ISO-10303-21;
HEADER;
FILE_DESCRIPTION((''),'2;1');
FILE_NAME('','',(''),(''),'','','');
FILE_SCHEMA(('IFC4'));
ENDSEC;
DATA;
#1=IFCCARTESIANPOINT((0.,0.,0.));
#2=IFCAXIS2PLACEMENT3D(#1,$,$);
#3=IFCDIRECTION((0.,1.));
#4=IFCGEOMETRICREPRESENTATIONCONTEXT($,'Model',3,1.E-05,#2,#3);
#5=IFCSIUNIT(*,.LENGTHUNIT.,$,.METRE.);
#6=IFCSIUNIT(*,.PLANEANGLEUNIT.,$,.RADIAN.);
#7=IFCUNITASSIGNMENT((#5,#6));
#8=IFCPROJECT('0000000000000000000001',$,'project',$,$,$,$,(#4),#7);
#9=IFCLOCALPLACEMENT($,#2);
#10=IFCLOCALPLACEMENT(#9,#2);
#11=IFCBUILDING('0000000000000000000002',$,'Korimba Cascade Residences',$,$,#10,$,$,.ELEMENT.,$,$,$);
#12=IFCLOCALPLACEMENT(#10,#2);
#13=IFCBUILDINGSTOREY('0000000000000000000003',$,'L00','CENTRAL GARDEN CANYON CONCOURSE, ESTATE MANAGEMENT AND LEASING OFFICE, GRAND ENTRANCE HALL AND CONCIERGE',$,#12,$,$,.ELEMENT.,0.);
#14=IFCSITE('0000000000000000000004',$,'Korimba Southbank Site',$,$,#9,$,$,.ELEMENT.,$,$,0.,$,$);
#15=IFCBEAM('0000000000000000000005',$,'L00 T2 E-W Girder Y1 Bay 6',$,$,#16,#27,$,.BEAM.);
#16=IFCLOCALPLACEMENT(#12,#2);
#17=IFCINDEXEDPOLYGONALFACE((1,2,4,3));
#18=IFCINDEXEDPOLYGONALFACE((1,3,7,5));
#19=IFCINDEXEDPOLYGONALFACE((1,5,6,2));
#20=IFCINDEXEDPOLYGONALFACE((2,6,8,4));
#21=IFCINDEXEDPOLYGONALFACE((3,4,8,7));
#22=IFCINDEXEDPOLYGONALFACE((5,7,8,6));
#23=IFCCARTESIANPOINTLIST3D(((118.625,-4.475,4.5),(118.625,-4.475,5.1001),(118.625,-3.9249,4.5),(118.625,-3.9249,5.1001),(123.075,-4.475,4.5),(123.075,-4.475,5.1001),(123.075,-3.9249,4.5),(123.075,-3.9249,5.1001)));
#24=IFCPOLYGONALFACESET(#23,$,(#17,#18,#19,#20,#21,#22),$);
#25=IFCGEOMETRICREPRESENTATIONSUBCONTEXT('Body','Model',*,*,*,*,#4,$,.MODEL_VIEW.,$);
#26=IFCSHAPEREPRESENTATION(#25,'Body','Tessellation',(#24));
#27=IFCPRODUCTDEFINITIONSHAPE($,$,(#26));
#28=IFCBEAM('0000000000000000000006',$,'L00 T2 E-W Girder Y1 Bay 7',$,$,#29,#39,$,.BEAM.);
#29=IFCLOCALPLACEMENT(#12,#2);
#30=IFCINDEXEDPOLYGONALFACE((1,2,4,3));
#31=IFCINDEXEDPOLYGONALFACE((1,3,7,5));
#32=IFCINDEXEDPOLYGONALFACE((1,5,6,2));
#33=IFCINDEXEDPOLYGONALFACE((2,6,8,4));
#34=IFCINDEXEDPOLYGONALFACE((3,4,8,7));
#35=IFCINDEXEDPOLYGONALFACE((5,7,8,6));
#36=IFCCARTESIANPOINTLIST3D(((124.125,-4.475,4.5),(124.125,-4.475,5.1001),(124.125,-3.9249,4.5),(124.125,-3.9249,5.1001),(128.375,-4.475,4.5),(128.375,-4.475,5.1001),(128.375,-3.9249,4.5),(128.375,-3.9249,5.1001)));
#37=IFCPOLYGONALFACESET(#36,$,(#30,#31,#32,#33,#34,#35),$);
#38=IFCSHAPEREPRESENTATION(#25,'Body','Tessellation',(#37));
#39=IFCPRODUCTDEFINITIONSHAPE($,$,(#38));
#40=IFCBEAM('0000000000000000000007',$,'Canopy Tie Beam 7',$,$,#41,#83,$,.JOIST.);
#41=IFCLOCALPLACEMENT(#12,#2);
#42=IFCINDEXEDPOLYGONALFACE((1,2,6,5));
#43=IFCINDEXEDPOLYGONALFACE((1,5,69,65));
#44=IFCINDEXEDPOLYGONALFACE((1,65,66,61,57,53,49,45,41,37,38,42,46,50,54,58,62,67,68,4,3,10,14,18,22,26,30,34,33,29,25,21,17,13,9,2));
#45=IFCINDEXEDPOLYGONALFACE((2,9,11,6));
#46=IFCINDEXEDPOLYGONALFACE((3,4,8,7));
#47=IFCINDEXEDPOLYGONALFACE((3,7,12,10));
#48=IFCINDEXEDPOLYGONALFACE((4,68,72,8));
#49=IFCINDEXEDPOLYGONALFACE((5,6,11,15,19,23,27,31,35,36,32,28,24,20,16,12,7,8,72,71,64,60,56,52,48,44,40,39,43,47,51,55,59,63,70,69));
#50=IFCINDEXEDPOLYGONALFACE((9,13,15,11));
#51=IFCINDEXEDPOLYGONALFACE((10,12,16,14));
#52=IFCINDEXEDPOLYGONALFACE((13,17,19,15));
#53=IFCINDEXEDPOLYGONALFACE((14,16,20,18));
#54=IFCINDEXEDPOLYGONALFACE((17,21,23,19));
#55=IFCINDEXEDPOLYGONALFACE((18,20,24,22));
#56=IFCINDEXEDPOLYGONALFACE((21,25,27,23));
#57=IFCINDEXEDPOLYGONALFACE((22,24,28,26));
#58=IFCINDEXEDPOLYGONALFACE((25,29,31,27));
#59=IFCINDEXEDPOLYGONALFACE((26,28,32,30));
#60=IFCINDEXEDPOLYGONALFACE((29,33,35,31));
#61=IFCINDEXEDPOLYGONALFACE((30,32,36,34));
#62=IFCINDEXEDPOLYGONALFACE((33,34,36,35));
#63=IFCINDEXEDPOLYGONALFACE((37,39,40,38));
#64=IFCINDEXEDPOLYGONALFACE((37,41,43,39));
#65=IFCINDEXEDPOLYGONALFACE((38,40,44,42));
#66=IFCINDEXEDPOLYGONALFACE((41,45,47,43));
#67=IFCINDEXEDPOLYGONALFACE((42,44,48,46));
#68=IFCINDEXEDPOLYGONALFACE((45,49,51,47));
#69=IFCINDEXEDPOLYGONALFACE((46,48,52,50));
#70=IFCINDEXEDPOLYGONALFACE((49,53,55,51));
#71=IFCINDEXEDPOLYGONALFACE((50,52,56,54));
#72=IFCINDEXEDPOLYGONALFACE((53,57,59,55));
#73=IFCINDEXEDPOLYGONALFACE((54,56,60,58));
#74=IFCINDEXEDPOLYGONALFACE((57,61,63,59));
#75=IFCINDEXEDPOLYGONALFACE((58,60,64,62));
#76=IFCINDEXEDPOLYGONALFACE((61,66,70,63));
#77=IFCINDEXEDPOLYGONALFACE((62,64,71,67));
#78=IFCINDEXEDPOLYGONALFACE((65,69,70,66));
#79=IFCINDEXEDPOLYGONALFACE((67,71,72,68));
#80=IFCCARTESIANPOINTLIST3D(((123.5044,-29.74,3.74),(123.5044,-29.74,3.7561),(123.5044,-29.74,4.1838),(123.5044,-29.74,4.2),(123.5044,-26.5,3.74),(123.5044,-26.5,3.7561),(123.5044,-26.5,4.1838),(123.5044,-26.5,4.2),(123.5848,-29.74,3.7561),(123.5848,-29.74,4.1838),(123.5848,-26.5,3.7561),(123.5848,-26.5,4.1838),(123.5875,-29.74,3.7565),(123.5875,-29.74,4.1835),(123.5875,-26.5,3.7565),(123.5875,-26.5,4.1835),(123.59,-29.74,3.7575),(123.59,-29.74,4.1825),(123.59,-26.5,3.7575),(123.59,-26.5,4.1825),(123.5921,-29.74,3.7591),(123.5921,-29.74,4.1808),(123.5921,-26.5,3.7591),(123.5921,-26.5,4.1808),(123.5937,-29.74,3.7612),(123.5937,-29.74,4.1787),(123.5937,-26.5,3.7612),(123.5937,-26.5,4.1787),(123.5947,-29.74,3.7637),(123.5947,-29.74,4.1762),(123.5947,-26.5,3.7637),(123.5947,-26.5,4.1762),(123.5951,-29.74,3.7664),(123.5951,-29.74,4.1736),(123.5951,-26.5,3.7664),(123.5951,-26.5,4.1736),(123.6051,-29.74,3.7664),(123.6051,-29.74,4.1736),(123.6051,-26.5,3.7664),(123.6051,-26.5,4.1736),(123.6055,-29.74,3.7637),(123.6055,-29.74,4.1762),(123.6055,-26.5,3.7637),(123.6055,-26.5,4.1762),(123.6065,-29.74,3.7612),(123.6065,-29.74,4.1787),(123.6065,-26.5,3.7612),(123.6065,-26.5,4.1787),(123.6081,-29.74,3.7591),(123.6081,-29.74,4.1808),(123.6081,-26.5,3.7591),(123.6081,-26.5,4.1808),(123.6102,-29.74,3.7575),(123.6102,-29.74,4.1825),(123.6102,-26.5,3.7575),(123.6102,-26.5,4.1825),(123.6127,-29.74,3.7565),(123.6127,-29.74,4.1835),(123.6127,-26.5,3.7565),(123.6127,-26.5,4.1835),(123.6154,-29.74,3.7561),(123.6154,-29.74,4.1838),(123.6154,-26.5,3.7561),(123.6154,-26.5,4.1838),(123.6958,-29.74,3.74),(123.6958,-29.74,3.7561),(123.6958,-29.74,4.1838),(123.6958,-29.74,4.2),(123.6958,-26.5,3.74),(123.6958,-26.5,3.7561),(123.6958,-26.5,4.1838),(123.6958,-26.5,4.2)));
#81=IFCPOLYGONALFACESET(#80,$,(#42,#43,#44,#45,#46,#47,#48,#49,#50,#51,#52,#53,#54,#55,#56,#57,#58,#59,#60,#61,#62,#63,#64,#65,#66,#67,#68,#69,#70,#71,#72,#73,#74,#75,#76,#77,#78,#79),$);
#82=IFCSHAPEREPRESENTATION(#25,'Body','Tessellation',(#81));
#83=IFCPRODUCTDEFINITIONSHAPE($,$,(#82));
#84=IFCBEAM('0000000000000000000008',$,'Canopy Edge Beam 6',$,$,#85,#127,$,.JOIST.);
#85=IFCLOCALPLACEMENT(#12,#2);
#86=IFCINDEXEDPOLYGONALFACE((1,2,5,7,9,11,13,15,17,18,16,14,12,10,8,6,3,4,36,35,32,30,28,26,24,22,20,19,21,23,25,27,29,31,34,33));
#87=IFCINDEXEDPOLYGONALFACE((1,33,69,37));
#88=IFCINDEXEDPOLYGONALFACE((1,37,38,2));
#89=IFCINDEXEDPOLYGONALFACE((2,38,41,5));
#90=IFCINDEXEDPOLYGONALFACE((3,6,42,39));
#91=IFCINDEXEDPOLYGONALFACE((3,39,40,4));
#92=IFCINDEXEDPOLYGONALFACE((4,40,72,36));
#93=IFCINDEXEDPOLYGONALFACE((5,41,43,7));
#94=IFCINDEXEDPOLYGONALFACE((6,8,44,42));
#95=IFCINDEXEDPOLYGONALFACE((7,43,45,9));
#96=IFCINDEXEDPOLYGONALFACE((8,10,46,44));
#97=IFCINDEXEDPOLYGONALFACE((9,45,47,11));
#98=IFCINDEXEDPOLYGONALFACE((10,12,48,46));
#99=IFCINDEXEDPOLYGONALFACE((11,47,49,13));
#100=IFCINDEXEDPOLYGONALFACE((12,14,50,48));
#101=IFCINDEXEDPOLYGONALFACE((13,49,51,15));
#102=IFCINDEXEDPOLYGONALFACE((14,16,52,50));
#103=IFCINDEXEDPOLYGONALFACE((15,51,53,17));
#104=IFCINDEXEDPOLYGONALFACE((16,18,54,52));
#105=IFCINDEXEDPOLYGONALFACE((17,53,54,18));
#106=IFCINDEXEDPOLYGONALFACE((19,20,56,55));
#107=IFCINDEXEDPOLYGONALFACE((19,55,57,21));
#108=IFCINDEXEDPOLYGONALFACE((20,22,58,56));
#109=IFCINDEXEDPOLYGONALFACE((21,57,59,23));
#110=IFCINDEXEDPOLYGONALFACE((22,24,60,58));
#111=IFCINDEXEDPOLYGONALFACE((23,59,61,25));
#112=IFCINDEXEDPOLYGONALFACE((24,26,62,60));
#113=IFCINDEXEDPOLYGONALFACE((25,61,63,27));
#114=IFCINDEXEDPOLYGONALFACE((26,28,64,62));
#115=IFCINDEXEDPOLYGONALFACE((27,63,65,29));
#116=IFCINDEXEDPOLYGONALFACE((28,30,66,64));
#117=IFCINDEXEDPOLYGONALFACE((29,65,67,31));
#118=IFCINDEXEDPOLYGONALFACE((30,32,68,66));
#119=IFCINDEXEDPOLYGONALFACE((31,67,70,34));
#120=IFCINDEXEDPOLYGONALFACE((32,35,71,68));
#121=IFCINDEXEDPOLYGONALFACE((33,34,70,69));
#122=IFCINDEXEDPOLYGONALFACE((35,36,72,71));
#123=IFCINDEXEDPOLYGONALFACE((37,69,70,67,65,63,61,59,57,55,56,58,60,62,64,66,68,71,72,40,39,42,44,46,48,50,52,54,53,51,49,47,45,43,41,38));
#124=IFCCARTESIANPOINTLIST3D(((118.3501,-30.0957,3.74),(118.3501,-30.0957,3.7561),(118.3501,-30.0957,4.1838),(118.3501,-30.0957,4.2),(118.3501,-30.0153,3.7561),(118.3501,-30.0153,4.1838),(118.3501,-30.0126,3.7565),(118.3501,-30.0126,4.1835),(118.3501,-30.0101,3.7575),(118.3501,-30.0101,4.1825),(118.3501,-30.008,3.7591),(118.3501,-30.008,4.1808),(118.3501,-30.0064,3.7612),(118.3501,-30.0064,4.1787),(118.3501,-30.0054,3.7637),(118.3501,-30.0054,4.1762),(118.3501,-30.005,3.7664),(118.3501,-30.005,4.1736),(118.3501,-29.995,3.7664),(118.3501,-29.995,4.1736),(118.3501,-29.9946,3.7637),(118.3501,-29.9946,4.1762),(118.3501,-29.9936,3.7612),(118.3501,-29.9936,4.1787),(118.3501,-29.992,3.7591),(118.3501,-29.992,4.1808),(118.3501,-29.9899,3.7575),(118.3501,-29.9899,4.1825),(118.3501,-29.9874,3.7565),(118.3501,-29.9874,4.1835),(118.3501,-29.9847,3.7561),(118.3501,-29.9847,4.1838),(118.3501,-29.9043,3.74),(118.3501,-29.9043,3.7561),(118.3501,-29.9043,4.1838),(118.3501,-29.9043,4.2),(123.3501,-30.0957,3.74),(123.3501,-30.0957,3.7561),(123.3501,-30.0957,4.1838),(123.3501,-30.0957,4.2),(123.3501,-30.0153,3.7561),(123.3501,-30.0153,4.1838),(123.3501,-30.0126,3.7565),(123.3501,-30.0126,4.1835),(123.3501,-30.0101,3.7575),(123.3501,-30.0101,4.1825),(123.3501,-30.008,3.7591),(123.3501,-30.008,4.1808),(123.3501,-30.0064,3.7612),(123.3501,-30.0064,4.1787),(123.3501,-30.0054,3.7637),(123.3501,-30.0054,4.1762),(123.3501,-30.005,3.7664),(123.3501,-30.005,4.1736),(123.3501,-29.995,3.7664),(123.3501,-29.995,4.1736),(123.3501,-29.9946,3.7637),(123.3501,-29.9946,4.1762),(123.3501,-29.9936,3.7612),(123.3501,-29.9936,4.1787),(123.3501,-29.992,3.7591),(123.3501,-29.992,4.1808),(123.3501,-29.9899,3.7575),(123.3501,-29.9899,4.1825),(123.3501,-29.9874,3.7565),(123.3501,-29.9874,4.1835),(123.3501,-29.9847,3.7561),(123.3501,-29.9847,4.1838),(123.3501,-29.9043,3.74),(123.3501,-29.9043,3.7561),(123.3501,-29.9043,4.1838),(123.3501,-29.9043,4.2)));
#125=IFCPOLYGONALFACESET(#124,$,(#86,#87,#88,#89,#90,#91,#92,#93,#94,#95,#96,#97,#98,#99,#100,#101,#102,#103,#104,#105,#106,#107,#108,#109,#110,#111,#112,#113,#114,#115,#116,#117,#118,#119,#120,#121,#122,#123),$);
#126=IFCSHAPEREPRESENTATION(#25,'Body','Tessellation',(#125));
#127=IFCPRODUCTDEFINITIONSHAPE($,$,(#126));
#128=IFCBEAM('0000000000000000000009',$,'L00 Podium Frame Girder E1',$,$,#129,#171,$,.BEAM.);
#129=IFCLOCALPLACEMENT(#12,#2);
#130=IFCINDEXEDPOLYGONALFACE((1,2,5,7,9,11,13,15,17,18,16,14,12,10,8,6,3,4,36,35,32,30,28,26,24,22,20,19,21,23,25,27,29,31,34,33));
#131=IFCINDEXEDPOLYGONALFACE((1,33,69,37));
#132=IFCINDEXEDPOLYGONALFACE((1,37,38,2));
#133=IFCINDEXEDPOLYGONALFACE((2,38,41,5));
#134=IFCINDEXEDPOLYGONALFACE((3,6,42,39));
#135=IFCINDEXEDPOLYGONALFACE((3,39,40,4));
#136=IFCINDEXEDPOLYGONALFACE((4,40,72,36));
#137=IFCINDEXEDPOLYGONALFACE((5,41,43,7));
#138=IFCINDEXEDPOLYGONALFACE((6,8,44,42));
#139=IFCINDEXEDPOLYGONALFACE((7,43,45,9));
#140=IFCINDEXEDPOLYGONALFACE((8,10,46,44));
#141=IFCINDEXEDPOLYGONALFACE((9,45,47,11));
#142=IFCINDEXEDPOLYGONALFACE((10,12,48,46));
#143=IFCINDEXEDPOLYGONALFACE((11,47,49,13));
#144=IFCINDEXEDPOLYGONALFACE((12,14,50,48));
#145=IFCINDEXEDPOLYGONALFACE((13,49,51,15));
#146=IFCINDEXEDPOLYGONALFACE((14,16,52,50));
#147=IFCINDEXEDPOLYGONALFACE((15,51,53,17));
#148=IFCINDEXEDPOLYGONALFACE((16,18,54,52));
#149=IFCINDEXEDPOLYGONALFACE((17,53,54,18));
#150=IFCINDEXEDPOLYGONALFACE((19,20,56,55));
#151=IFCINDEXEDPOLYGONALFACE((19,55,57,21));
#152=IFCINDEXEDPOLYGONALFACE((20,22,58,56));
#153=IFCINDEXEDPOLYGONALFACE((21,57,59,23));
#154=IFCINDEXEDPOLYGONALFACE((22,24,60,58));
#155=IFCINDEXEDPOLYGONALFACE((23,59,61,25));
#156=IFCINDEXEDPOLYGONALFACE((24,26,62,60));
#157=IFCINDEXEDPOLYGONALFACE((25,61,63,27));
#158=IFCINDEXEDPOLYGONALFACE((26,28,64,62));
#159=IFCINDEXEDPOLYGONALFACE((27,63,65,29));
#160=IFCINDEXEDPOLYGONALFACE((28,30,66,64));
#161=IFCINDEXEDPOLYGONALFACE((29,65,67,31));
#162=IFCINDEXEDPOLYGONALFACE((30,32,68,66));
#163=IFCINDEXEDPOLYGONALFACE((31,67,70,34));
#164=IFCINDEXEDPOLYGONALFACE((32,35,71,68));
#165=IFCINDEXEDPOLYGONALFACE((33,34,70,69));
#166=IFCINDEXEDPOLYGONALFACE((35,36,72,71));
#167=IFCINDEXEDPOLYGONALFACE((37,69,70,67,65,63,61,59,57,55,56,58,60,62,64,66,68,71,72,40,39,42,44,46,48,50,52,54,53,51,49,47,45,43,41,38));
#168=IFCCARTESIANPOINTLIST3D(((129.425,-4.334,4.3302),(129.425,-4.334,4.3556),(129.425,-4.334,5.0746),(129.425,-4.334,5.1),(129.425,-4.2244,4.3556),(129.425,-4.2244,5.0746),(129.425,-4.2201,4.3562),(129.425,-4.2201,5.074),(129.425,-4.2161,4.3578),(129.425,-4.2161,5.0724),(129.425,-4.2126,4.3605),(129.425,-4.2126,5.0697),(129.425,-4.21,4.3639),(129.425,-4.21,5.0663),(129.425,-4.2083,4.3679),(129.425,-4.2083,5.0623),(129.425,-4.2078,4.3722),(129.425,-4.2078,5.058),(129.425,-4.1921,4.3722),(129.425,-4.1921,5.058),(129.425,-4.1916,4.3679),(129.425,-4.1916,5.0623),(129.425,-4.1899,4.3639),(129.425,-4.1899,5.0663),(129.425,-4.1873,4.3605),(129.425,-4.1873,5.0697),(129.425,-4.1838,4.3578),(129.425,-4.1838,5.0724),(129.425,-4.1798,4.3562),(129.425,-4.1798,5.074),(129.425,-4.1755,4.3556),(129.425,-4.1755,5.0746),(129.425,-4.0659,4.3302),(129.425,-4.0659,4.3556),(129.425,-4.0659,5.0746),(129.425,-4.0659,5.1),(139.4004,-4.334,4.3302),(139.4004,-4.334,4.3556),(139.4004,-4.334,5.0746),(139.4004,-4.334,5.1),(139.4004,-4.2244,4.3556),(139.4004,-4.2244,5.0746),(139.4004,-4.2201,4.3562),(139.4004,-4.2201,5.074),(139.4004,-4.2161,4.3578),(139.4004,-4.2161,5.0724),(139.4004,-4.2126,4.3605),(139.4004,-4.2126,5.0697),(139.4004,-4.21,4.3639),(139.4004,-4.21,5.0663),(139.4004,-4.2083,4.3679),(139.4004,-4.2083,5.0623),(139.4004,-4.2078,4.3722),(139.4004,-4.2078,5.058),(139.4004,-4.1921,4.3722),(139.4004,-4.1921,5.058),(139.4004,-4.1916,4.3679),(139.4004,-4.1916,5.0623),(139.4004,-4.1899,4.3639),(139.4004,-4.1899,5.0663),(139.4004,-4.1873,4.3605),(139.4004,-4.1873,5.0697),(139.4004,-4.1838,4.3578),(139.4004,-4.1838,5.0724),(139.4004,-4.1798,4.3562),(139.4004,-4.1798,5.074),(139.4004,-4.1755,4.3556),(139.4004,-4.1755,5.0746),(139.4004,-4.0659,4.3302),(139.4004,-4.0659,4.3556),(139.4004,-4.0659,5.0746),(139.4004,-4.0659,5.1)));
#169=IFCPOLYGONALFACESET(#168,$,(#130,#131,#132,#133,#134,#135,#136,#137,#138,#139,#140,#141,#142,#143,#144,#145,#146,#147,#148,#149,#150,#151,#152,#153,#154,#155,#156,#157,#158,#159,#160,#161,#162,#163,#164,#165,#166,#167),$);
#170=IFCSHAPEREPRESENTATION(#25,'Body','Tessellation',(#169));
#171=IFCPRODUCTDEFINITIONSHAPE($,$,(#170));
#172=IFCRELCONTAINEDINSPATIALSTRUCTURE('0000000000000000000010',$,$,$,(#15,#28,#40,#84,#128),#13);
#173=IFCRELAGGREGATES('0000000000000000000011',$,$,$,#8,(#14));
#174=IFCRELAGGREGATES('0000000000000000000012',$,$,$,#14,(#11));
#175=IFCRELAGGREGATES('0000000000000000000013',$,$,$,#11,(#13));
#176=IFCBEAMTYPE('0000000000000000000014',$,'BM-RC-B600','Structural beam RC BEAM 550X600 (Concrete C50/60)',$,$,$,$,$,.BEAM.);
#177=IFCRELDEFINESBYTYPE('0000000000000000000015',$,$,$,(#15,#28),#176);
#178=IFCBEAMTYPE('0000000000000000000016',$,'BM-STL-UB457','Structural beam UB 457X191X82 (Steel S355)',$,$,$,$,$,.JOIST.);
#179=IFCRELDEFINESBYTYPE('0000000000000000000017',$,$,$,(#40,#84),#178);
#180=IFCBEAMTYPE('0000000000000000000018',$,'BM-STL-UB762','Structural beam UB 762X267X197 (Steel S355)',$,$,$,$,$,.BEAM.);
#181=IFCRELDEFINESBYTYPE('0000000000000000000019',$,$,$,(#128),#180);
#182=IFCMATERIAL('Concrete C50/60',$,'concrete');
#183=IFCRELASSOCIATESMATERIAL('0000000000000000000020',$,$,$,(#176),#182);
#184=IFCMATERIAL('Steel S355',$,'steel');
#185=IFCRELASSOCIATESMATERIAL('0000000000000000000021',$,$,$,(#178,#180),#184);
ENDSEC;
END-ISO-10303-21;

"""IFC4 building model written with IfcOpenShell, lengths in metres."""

from ifc_helpers import new_model, si_unit, direction, frame, origin, origin_2d, place, context, subcontext, project, spatial, rectangle, i_section, extrude, material, material_profile, profile_set, type_object, element, save


model = new_model("IFC4")

# Units and contexts
model_context = context("Model", 3, precision=1e-05, world=origin(), true_north=direction((0.0, 1.0)))
body_context = subcontext(model_context, "Body", "Model", "MODEL_VIEW")
ifc_project = project(units=[si_unit("LENGTHUNIT", "METRE"), si_unit("PLANEANGLEUNIT", "RADIAN")], contexts=[model_context])

# Site, building, storey
site_placement = place(None, origin())
site = spatial("IfcSite", under=ifc_project, at=site_placement, Name="Korimba Southbank Site", CompositionType="ELEMENT", RefElevation=0.0)
building_placement = place(site_placement, origin())
building = spatial("IfcBuilding", under=site, at=building_placement, Name="Korimba Cascade Residences", CompositionType="ELEMENT")
storey_placement = place(building_placement, origin())
storey = spatial("IfcBuildingStorey", under=building, at=storey_placement, Name="L00", Description="CENTRAL GARDEN CANYON CONCOURSE, ESTATE MANAGEMENT AND LEASING OFFICE, GRAND ENTRANCE HALL AND CONCIERGE", CompositionType="ELEMENT", Elevation=0.0)

# Shared definitions
ifc_material_1 = material(Name="Steel S355", Category="steel")

# Beams
ifc_material_2 = material(Name="Concrete C50/60", Category="concrete")
ifc_material_profile_1 = material_profile(ifc_material_2, rectangle(XDim=0.55, YDim=0.6001, at=origin_2d()), Name="Concrete C50/60")
ifc_profile_set_1 = profile_set([ifc_material_profile_1], Name="Concrete C50/60")
beam_type_1 = type_object("IfcBeamType", Name="BM-RC-B600", Description="Structural beam RC BEAM 550X600 (Concrete C50/60)", PredefinedType="BEAM", material=ifc_profile_set_1)
beam_1_placement = place(storey_placement, frame((118.625, -4.2, 4.8), z_axis=(1.0, 0.0, 0.0), x_axis=(0.0, 1.0, 0.0)))
element("IfcBeam", 1, at=beam_1_placement, inside=storey, type_object=beam_type_1, Name="L00 T2 E-W Girder Y1 Bay 6", PredefinedType="BEAM", context=body_context, shape_type="SweptSolid", body=[
    extrude(rectangle(XDim=0.55, YDim=0.6001, at=origin_2d()), origin(), (0.0, 0.0, 1.0), 4.45),
])
beam_2_placement = place(storey_placement, frame((124.125, -4.2, 4.8), z_axis=(1.0, 0.0, 0.0), x_axis=(0.0, 1.0, 0.0)))
element("IfcBeam", 2, at=beam_2_placement, inside=storey, type_object=beam_type_1, Name="L00 T2 E-W Girder Y1 Bay 7", PredefinedType="BEAM", context=body_context, shape_type="SweptSolid", body=[
    extrude(rectangle(XDim=0.55, YDim=0.6001, at=origin_2d()), origin(), (0.0, 0.0, 1.0), 4.25),
])
ifc_material_profile_2 = material_profile(ifc_material_1, i_section(OverallWidth=0.1914, OverallDepth=0.46, WebThickness=0.01, FlangeThickness=0.0161, FilletRadius=0.0103, at=origin_2d()), Name="Steel S355")
ifc_profile_set_2 = profile_set([ifc_material_profile_2], Name="Steel S355")
beam_type_2 = type_object("IfcBeamType", Name="BM-STL-UB457", Description="Structural beam UB 457X191X82 (Steel S355)", PredefinedType="JOIST", material=ifc_profile_set_2)
beam_3_placement = place(storey_placement, frame((123.6001, -29.74, 3.97), z_axis=(0.0, 1.0, 0.0), x_axis=(-1.0, 0.0, 0.0)))
element("IfcBeam", 3, at=beam_3_placement, inside=storey, type_object=beam_type_2, Name="Canopy Tie Beam 7", PredefinedType="JOIST", context=body_context, shape_type="SweptSolid", body=[
    extrude(i_section(OverallWidth=0.1914, OverallDepth=0.46, WebThickness=0.01, FlangeThickness=0.0161, FilletRadius=0.0103, at=origin_2d()), origin(), (0.0, 0.0, 1.0), 3.24),
])
beam_4_placement = place(storey_placement, frame((118.3501, -30.0, 3.97), z_axis=(1.0, 0.0, 0.0), x_axis=(0.0, 1.0, 0.0)))
element("IfcBeam", 4, at=beam_4_placement, inside=storey, type_object=beam_type_2, Name="Canopy Edge Beam 6", PredefinedType="JOIST", context=body_context, shape_type="SweptSolid", body=[
    extrude(i_section(OverallWidth=0.1914, OverallDepth=0.46, WebThickness=0.01, FlangeThickness=0.0161, FilletRadius=0.0103, at=origin_2d()), origin(), (0.0, 0.0, 1.0), 5.0),
])
ifc_material_profile_3 = material_profile(ifc_material_1, i_section(OverallWidth=0.2681, OverallDepth=0.7698, WebThickness=0.0156, FlangeThickness=0.0254, FilletRadius=0.0166, at=origin_2d()), Name="Steel S355")
ifc_profile_set_3 = profile_set([ifc_material_profile_3], Name="Steel S355")
beam_type_3 = type_object("IfcBeamType", Name="BM-STL-UB762", Description="Structural beam UB 762X267X197 (Steel S355)", PredefinedType="BEAM", material=ifc_profile_set_3)
beam_5_placement = place(storey_placement, frame((129.425, -4.2, 4.7151), z_axis=(1.0, 0.0, 0.0), x_axis=(0.0, 1.0, 0.0)))
element("IfcBeam", 5, at=beam_5_placement, inside=storey, type_object=beam_type_3, Name="L00 Podium Frame Girder E1", PredefinedType="BEAM", context=body_context, shape_type="SweptSolid", body=[
    extrude(i_section(OverallWidth=0.2681, OverallDepth=0.7698, WebThickness=0.0156, FlangeThickness=0.0254, FilletRadius=0.0166, at=origin_2d()), origin(), (0.0, 0.0, 1.0), 9.9753),
])

save(model, "model.ifc")
